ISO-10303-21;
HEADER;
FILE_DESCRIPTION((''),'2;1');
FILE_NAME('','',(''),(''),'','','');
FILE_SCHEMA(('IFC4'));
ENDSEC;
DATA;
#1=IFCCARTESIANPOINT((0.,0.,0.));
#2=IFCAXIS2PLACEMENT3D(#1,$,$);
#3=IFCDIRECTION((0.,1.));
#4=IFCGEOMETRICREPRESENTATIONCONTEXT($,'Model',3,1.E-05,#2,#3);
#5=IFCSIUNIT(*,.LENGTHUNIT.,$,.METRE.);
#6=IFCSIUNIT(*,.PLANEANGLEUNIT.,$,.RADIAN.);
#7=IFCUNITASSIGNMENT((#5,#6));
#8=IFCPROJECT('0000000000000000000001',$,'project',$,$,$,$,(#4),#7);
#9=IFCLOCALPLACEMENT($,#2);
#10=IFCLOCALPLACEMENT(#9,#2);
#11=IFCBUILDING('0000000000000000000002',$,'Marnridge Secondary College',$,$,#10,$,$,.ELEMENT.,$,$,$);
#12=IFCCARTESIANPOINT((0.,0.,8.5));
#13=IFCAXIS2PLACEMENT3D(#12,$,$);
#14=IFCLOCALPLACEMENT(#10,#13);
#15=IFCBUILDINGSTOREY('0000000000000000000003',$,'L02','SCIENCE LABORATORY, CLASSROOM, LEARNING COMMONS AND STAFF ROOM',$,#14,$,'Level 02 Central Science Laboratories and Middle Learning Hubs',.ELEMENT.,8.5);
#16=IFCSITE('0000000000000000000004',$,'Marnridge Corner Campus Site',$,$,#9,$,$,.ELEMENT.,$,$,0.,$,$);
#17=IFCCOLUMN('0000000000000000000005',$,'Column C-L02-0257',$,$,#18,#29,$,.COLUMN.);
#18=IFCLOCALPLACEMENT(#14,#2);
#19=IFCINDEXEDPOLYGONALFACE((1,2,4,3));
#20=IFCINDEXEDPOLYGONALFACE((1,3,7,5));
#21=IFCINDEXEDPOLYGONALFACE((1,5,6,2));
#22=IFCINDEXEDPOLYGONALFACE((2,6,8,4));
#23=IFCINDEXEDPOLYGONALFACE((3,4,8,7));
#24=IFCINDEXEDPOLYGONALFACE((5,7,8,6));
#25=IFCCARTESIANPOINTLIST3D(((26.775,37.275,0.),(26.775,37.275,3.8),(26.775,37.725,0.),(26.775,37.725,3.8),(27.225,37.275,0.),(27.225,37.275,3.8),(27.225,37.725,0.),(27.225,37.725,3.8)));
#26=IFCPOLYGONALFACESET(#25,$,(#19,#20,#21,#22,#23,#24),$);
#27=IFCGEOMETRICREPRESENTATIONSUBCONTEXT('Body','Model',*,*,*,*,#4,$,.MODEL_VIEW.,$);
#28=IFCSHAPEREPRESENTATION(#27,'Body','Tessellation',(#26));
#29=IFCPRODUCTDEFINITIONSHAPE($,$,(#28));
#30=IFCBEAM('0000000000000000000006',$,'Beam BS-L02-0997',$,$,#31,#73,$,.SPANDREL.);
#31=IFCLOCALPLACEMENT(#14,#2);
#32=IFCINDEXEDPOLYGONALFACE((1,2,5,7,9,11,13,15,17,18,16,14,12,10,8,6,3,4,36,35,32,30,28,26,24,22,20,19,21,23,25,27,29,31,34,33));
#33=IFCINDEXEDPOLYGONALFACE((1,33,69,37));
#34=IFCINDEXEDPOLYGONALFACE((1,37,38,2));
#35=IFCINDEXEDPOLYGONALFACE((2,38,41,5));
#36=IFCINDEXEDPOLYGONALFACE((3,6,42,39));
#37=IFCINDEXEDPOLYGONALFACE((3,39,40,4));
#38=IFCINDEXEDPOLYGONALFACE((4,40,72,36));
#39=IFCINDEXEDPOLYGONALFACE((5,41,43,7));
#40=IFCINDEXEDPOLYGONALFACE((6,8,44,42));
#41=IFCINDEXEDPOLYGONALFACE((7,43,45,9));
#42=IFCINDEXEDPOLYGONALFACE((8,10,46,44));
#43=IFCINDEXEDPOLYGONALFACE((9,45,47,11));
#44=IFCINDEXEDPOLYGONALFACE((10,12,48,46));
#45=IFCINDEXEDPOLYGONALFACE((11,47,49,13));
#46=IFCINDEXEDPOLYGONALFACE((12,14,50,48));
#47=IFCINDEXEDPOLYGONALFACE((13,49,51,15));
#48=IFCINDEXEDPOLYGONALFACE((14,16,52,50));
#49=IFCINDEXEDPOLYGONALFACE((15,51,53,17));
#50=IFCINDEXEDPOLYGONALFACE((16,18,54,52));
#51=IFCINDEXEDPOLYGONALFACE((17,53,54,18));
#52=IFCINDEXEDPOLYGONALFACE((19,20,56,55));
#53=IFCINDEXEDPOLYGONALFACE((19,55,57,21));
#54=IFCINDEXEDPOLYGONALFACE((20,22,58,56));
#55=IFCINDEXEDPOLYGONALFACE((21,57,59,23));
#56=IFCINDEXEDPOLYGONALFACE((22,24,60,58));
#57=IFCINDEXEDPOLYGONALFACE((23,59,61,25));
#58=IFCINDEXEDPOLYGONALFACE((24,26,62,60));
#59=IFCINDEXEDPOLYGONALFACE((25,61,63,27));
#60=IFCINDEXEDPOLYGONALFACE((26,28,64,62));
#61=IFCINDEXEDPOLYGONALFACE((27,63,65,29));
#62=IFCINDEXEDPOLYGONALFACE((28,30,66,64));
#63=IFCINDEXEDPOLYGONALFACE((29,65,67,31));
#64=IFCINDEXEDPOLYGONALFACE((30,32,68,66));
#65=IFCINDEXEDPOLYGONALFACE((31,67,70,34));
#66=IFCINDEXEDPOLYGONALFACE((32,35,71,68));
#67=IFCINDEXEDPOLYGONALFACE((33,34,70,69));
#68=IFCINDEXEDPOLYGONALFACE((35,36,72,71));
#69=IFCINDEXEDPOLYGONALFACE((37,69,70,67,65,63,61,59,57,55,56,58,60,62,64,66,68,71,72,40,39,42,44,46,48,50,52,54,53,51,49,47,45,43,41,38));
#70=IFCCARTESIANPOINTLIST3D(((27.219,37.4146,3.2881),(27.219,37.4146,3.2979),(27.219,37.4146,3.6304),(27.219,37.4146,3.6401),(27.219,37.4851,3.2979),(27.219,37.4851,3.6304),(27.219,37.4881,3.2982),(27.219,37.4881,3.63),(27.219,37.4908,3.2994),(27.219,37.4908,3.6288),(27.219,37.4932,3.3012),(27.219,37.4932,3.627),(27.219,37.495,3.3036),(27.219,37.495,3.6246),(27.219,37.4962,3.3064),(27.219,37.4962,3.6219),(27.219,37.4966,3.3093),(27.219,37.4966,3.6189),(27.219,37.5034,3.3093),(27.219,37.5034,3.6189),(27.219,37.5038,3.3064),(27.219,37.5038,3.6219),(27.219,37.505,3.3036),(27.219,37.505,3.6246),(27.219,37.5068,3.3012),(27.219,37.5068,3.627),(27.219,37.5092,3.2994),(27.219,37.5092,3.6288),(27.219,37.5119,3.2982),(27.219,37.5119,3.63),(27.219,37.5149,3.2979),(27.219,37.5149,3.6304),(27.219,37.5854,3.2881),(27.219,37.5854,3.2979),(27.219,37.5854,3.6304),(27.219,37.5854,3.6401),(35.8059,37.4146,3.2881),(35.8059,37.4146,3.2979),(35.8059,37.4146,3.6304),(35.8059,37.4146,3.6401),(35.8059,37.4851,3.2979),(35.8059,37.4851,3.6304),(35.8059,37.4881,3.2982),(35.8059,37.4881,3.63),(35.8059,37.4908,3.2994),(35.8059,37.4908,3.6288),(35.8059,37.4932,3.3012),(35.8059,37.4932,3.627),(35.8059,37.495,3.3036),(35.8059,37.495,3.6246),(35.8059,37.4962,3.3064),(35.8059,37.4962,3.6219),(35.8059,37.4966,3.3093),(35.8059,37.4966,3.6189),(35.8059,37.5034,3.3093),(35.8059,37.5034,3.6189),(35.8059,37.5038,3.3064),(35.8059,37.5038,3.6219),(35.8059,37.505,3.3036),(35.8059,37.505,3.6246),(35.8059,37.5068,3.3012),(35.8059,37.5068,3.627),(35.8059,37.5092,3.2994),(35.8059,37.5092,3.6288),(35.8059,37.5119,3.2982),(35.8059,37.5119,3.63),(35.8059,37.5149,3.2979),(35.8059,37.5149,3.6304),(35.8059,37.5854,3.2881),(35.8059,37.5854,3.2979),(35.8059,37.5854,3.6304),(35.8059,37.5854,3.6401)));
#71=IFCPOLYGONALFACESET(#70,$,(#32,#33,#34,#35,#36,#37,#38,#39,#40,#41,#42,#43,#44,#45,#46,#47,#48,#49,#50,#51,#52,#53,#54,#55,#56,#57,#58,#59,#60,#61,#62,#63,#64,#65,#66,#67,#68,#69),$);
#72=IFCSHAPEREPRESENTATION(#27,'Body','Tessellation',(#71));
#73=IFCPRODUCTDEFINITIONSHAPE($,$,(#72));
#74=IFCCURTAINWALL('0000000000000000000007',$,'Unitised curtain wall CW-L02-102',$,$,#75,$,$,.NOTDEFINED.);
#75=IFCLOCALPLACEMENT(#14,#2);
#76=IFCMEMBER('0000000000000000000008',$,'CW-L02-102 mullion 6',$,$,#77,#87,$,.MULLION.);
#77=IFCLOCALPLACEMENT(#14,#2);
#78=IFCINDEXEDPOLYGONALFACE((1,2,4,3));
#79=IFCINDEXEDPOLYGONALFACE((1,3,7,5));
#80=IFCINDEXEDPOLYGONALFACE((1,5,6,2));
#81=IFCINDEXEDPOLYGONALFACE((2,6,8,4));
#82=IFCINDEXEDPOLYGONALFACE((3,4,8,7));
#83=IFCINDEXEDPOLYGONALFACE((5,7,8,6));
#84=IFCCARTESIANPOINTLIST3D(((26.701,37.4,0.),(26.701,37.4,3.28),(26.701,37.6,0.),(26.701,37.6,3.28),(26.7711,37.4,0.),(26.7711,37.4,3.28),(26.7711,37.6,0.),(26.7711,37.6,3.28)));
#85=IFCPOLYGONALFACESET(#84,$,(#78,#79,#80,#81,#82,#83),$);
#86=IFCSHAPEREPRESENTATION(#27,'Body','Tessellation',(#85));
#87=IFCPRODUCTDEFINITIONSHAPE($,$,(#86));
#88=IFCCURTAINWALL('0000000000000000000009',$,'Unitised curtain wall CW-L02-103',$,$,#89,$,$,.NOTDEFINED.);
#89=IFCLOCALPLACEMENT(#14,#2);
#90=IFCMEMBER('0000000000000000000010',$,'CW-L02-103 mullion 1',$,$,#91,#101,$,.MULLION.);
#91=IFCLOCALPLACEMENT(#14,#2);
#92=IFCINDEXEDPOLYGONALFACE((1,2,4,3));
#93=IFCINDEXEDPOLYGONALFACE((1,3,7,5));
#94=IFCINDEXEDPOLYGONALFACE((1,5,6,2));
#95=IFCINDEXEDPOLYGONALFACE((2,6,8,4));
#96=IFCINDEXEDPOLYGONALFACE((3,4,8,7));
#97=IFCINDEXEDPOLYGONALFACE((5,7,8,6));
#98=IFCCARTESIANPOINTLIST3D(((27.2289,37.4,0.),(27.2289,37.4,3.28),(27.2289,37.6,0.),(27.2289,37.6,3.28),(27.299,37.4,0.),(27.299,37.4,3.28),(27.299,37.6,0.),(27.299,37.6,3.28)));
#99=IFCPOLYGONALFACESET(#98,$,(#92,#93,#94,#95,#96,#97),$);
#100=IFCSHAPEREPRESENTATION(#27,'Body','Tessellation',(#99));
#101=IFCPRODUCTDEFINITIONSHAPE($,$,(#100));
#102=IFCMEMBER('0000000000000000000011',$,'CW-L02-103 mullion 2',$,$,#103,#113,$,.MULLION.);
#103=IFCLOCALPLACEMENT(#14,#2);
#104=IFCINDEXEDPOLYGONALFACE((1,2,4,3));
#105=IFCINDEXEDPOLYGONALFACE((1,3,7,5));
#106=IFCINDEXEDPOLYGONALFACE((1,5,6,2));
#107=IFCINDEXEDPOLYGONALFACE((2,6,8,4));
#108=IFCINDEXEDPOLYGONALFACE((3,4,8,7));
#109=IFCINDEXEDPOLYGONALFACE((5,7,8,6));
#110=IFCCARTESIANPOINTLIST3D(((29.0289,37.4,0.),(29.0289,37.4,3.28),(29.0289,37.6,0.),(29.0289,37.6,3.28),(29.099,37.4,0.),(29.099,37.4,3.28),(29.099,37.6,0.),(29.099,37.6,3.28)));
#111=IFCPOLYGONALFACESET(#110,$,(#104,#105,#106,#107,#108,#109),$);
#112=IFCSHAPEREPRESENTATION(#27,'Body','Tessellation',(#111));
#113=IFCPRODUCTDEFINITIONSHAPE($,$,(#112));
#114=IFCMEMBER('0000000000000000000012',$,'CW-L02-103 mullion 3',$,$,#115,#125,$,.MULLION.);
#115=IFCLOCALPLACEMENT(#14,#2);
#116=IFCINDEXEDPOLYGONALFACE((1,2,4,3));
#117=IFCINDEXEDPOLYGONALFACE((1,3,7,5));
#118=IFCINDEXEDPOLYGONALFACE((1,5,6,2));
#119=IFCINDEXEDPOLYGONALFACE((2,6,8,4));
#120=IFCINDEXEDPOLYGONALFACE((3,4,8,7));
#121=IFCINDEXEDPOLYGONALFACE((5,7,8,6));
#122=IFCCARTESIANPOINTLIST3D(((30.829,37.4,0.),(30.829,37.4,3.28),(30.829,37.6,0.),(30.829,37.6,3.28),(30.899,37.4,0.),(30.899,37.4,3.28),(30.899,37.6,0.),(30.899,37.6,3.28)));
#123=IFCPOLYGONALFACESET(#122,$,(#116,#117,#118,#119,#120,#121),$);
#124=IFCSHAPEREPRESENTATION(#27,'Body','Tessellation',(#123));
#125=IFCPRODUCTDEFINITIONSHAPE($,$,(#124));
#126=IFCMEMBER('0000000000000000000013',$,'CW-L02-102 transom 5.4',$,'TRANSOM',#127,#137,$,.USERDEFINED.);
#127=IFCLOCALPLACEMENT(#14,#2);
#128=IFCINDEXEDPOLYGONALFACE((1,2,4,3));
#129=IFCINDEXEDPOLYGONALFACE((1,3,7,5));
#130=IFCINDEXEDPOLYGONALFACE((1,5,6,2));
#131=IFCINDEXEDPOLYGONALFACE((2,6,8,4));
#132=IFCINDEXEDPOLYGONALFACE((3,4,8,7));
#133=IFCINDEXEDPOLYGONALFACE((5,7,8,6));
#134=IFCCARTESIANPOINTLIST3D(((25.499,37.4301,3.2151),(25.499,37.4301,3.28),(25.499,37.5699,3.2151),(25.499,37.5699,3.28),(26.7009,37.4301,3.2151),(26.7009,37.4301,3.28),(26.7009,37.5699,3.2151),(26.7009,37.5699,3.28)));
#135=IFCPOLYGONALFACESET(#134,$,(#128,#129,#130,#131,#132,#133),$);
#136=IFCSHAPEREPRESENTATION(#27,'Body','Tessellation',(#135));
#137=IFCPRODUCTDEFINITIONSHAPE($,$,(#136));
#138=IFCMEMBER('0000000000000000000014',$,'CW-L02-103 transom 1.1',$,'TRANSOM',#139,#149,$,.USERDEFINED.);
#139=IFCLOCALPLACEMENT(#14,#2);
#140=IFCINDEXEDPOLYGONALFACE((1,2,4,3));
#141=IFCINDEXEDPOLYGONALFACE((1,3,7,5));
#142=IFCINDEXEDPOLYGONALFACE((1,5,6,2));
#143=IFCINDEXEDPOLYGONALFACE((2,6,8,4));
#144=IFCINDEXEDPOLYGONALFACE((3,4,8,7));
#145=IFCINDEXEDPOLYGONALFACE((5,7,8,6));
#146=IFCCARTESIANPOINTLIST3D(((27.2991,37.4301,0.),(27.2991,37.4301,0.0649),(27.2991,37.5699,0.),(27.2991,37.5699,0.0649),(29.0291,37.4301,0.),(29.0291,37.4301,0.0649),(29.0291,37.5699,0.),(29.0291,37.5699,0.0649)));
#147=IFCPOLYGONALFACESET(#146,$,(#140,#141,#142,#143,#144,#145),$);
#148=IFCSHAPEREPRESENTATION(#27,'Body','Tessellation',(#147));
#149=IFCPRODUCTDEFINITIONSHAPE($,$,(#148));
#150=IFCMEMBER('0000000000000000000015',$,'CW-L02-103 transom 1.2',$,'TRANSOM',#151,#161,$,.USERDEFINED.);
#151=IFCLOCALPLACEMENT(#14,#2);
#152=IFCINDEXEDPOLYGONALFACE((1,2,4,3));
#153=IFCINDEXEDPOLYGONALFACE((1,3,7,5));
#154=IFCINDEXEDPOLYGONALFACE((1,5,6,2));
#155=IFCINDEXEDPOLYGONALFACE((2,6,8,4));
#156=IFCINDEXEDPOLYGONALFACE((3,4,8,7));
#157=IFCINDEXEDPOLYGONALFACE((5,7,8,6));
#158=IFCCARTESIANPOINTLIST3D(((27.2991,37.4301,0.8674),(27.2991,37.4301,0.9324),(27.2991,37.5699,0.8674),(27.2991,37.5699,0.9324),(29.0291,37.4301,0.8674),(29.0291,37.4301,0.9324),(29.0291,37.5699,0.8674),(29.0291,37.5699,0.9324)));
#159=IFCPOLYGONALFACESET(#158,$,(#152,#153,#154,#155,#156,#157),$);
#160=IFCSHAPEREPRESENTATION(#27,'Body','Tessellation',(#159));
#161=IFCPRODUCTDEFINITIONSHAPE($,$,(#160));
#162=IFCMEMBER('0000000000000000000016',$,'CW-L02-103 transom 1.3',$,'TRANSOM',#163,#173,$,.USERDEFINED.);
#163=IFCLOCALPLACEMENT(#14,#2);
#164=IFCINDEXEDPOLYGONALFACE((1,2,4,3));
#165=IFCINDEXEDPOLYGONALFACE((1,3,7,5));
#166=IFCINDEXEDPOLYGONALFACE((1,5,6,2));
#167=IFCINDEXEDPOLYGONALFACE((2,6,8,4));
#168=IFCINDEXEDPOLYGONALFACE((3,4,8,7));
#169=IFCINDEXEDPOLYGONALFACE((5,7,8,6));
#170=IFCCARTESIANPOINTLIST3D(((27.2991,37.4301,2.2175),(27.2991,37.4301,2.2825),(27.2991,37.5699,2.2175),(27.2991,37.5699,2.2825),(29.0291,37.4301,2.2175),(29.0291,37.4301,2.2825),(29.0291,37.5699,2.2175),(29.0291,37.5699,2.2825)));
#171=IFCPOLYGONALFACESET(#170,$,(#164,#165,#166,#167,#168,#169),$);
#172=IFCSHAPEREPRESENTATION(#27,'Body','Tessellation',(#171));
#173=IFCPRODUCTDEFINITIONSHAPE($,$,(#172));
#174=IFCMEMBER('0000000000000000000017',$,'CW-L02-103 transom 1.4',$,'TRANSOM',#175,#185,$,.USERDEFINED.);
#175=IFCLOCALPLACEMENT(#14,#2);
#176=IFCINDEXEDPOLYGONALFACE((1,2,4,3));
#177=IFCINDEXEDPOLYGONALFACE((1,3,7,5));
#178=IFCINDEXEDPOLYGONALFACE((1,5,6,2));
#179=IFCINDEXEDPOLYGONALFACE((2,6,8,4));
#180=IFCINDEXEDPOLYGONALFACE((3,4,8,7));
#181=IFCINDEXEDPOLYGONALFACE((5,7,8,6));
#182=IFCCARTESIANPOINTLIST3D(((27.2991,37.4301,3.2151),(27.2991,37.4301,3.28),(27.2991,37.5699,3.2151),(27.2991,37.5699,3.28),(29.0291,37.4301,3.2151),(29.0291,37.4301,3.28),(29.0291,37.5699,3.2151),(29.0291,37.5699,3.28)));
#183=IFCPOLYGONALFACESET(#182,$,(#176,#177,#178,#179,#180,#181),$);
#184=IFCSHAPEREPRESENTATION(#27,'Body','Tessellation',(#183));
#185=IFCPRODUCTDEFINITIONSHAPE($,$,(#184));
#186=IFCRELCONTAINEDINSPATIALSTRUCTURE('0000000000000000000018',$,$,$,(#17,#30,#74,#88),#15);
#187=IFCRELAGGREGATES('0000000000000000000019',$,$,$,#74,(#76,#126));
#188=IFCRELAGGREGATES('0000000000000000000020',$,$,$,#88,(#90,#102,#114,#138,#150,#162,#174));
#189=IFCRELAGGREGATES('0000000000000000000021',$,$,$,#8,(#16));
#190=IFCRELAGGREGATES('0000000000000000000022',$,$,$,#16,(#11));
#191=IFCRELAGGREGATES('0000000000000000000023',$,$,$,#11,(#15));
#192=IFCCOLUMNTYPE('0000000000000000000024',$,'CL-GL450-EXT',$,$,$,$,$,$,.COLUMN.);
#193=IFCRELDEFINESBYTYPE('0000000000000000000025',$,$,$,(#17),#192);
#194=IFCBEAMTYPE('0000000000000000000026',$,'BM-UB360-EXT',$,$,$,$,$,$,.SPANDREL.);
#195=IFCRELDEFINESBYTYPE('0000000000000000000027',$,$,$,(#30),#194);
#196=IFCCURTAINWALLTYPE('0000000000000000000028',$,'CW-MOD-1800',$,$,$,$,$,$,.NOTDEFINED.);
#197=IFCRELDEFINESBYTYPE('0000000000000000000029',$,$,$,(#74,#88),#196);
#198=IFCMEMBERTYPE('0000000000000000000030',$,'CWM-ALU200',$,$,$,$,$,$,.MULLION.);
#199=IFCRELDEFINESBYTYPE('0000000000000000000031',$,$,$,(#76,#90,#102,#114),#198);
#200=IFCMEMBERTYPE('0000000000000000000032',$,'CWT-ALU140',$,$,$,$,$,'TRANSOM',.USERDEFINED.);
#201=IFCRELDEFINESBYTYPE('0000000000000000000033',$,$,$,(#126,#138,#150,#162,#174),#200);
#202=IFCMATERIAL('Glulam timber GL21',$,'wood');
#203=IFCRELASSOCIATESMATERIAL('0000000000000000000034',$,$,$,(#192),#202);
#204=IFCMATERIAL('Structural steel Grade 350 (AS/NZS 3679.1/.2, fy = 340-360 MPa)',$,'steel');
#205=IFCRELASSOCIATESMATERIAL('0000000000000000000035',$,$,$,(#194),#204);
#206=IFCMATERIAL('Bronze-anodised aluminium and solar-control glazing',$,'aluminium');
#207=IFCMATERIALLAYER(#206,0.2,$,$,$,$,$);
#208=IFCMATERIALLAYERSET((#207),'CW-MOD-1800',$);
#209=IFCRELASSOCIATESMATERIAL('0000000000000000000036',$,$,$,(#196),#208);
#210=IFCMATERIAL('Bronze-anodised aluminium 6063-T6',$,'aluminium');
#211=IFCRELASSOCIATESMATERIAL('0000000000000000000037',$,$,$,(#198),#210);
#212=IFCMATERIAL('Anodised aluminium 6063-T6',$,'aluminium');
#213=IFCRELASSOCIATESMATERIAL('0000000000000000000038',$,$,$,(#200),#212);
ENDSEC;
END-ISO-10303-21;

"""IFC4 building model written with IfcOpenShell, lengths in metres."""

from ifc_helpers import new_model, si_unit, direction, frame, origin, origin_2d, place, context, subcontext, project, spatial, rectangle, i_section, extrude, material, layer, layer_set, material_profile, profile_set, type_object, element, aggregate, save


model = new_model("IFC4")

# Units and contexts
model_context = context("Model", 3, precision=1e-05, world=origin(), true_north=direction((0.0, 1.0)))
body_context = subcontext(model_context, "Body", "Model", "MODEL_VIEW")
ifc_project = project(units=[si_unit("LENGTHUNIT", "METRE"), si_unit("PLANEANGLEUNIT", "RADIAN")], contexts=[model_context])

# Site, building, storey
site_placement = place(None, origin())
site = spatial("IfcSite", under=ifc_project, at=site_placement, Name="Marnridge Corner Campus Site", CompositionType="ELEMENT", RefElevation=0.0)
building_placement = place(site_placement, origin())
building = spatial("IfcBuilding", under=site, at=building_placement, Name="Marnridge Secondary College", CompositionType="ELEMENT")
storey_placement = place(building_placement, frame((0.0, 0.0, 8.5)))
storey = spatial("IfcBuildingStorey", under=building, at=storey_placement, Name="L02", Description="SCIENCE LABORATORY, CLASSROOM, LEARNING COMMONS AND STAFF ROOM", LongName="Level 02 Central Science Laboratories and Middle Learning Hubs", CompositionType="ELEMENT", Elevation=8.5)

# Column
ifc_material_1 = material(Name="Glulam timber GL21", Category="wood")
ifc_material_profile_1 = material_profile(ifc_material_1, rectangle(XDim=0.45, YDim=0.45, at=origin_2d()), Name="GL21 450x450")
ifc_profile_set_1 = profile_set([ifc_material_profile_1], Name="Glulam timber GL21")
column_type = type_object("IfcColumnType", Name="CL-GL450-EXT", PredefinedType="COLUMN", material=ifc_profile_set_1)
column_placement = place(storey_placement, frame((27.0, 37.5, 0.0), z_axis=(0.0, 0.0, 1.0), x_axis=(1.0, 0.0, 0.0)))
element("IfcColumn", 1, at=column_placement, inside=storey, type_object=column_type, Name="Column C-L02-0257", PredefinedType="COLUMN", context=body_context, shape_type="SweptSolid", body=[
    extrude(rectangle(XDim=0.45, YDim=0.45, at=origin_2d()), origin(), (0.0, 0.0, 1.0), 3.8),
])

# Beam
ifc_material_2 = material(Name="Structural steel Grade 350 (AS/NZS 3679.1/.2, fy = 340-360 MPa)", Category="steel")
ifc_material_profile_2 = material_profile(ifc_material_2, i_section(OverallWidth=0.1709, OverallDepth=0.3521, WebThickness=0.0068, FlangeThickness=0.0098, FilletRadius=0.0115, at=origin_2d()), Name="360UB44.7")
ifc_profile_set_2 = profile_set([ifc_material_profile_2], Name="Structural steel Grade 350 (AS/NZS 3679.1/.2, fy = 340-360 MPa)")
beam_type = type_object("IfcBeamType", Name="BM-UB360-EXT", PredefinedType="SPANDREL", material=ifc_profile_set_2)
beam_placement = place(storey_placement, frame((27.219, 37.5, 3.4641), z_axis=(1.0, 0.0, 0.0), x_axis=(0.0, 1.0, 0.0)))
element("IfcBeam", 2, at=beam_placement, inside=storey, type_object=beam_type, Name="Beam BS-L02-0997", PredefinedType="SPANDREL", context=body_context, shape_type="SweptSolid", body=[
    extrude(i_section(OverallWidth=0.1709, OverallDepth=0.3521, WebThickness=0.0068, FlangeThickness=0.0098, FilletRadius=0.0115, at=origin_2d()), origin(), (0.0, 0.0, 1.0), 8.5869),
])

# Curtain wall, member
ifc_material_3 = material(Name="Bronze-anodised aluminium and solar-control glazing", Category="aluminium")
ifc_layer_1 = layer(ifc_material_3, 0.2)
ifc_layer_set_1 = layer_set([ifc_layer_1], Name="CW-MOD-1800")
curtain_wall_type = type_object("IfcCurtainWallType", Name="CW-MOD-1800", PredefinedType="NOTDEFINED", material=ifc_layer_set_1)
curtain_wall_1_placement = place(storey_placement, origin())
curtain_wall_1 = element("IfcCurtainWall", 3, at=curtain_wall_1_placement, inside=storey, type_object=curtain_wall_type, Name="Unitised curtain wall CW-L02-102", PredefinedType="NOTDEFINED")
ifc_material_4 = material(Name="Bronze-anodised aluminium 6063-T6", Category="aluminium")
ifc_material_profile_3 = material_profile(ifc_material_4, rectangle(XDim=0.0701, YDim=0.2, at=origin_2d()), Name="ALU 70x200")
ifc_profile_set_3 = profile_set([ifc_material_profile_3], Name="Bronze-anodised aluminium 6063-T6")
member_type_1 = type_object("IfcMemberType", Name="CWM-ALU200", PredefinedType="MULLION", material=ifc_profile_set_3)
member_1_placement = place(storey_placement, frame((26.7361, 37.5, 0.0), z_axis=(0.0, 0.0, 1.0), x_axis=(1.0, 0.0, 0.0)))
member_1 = element("IfcMember", 4, at=member_1_placement, type_object=member_type_1, Name="CW-L02-102 mullion 6", PredefinedType="MULLION", context=body_context, shape_type="SweptSolid", body=[
    extrude(rectangle(XDim=0.0701, YDim=0.2, at=origin_2d()), origin(), (0.0, 0.0, 1.0), 3.28),
])

# Curtain wall, members
curtain_wall_2_placement = place(storey_placement, origin())
curtain_wall_2 = element("IfcCurtainWall", 5, at=curtain_wall_2_placement, inside=storey, type_object=curtain_wall_type, Name="Unitised curtain wall CW-L02-103", PredefinedType="NOTDEFINED")
member_2_placement = place(storey_placement, frame((27.2639, 37.5, 0.0), z_axis=(0.0, 0.0, 1.0), x_axis=(1.0, 0.0, 0.0)))
member_2 = element("IfcMember", 6, at=member_2_placement, type_object=member_type_1, Name="CW-L02-103 mullion 1", PredefinedType="MULLION", context=body_context, shape_type="SweptSolid", body=[
    extrude(rectangle(XDim=0.0701, YDim=0.2, at=origin_2d()), origin(), (0.0, 0.0, 1.0), 3.28),
])
member_3_placement = place(storey_placement, frame((29.064, 37.5, 0.0), z_axis=(0.0, 0.0, 1.0), x_axis=(1.0, 0.0, 0.0)))
member_3 = element("IfcMember", 7, at=member_3_placement, type_object=member_type_1, Name="CW-L02-103 mullion 2", PredefinedType="MULLION", context=body_context, shape_type="SweptSolid", body=[
    extrude(rectangle(XDim=0.0701, YDim=0.2, at=origin_2d()), origin(), (0.0, 0.0, 1.0), 3.28),
])
member_4_placement = place(storey_placement, frame((30.864, 37.5, 0.0), z_axis=(0.0, 0.0, 1.0), x_axis=(1.0, 0.0, 0.0)))
member_4 = element("IfcMember", 8, at=member_4_placement, type_object=member_type_1, Name="CW-L02-103 mullion 3", PredefinedType="MULLION", context=body_context, shape_type="SweptSolid", body=[
    extrude(rectangle(XDim=0.0701, YDim=0.2, at=origin_2d()), origin(), (0.0, 0.0, 1.0), 3.28),
])

# Members
ifc_material_5 = material(Name="Anodised aluminium 6063-T6", Category="aluminium")
ifc_material_profile_4 = material_profile(ifc_material_5, rectangle(XDim=0.0649, YDim=0.1399, at=origin_2d()), Name="ALU 65x140")
ifc_profile_set_4 = profile_set([ifc_material_profile_4], Name="Anodised aluminium 6063-T6")
member_type_2 = type_object("IfcMemberType", Name="CWT-ALU140", ElementType="TRANSOM", PredefinedType="USERDEFINED", material=ifc_profile_set_4)
member_5_placement = place(storey_placement, frame((25.499, 37.5, 3.2476), z_axis=(1.0, 0.0, 0.0), x_axis=(0.0, 0.0, 1.0)))
member_5 = element("IfcMember", 9, at=member_5_placement, type_object=member_type_2, Name="CW-L02-102 transom 5.4", ObjectType="TRANSOM", PredefinedType="USERDEFINED", context=body_context, shape_type="SweptSolid", body=[
    extrude(rectangle(XDim=0.0649, YDim=0.1399, at=origin_2d()), origin(), (0.0, 0.0, 1.0), 1.2019),
])
member_6_placement = place(storey_placement, frame((27.2991, 37.5, 0.0325), z_axis=(1.0, 0.0, 0.0), x_axis=(0.0, 0.0, 1.0)))
member_6 = element("IfcMember", 10, at=member_6_placement, type_object=member_type_2, Name="CW-L02-103 transom 1.1", ObjectType="TRANSOM", PredefinedType="USERDEFINED", context=body_context, shape_type="SweptSolid", body=[
    extrude(rectangle(XDim=0.0649, YDim=0.1399, at=origin_2d()), origin(), (0.0, 0.0, 1.0), 1.73),
])
member_7_placement = place(storey_placement, frame((27.2991, 37.5, 0.8999), z_axis=(1.0, 0.0, 0.0), x_axis=(0.0, 0.0, 1.0)))
member_7 = element("IfcMember", 11, at=member_7_placement, type_object=member_type_2, Name="CW-L02-103 transom 1.2", ObjectType="TRANSOM", PredefinedType="USERDEFINED", context=body_context, shape_type="SweptSolid", body=[
    extrude(rectangle(XDim=0.0649, YDim=0.1399, at=origin_2d()), origin(), (0.0, 0.0, 1.0), 1.73),
])
member_8_placement = place(storey_placement, frame((27.2991, 37.5, 2.25), z_axis=(1.0, 0.0, 0.0), x_axis=(0.0, 0.0, 1.0)))
member_8 = element("IfcMember", 12, at=member_8_placement, type_object=member_type_2, Name="CW-L02-103 transom 1.3", ObjectType="TRANSOM", PredefinedType="USERDEFINED", context=body_context, shape_type="SweptSolid", body=[
    extrude(rectangle(XDim=0.0649, YDim=0.1399, at=origin_2d()), origin(), (0.0, 0.0, 1.0), 1.73),
])
member_9_placement = place(storey_placement, frame((27.2991, 37.5, 3.2476), z_axis=(1.0, 0.0, 0.0), x_axis=(0.0, 0.0, 1.0)))
member_9 = element("IfcMember", 13, at=member_9_placement, type_object=member_type_2, Name="CW-L02-103 transom 1.4", ObjectType="TRANSOM", PredefinedType="USERDEFINED", context=body_context, shape_type="SweptSolid", body=[
    extrude(rectangle(XDim=0.0649, YDim=0.1399, at=origin_2d()), origin(), (0.0, 0.0, 1.0), 1.73),
])

aggregate(curtain_wall_1, [member_1, member_5])
aggregate(curtain_wall_2, [member_2, member_3, member_4, member_6, member_7, member_8, member_9])

save(model, "model.ifc")
